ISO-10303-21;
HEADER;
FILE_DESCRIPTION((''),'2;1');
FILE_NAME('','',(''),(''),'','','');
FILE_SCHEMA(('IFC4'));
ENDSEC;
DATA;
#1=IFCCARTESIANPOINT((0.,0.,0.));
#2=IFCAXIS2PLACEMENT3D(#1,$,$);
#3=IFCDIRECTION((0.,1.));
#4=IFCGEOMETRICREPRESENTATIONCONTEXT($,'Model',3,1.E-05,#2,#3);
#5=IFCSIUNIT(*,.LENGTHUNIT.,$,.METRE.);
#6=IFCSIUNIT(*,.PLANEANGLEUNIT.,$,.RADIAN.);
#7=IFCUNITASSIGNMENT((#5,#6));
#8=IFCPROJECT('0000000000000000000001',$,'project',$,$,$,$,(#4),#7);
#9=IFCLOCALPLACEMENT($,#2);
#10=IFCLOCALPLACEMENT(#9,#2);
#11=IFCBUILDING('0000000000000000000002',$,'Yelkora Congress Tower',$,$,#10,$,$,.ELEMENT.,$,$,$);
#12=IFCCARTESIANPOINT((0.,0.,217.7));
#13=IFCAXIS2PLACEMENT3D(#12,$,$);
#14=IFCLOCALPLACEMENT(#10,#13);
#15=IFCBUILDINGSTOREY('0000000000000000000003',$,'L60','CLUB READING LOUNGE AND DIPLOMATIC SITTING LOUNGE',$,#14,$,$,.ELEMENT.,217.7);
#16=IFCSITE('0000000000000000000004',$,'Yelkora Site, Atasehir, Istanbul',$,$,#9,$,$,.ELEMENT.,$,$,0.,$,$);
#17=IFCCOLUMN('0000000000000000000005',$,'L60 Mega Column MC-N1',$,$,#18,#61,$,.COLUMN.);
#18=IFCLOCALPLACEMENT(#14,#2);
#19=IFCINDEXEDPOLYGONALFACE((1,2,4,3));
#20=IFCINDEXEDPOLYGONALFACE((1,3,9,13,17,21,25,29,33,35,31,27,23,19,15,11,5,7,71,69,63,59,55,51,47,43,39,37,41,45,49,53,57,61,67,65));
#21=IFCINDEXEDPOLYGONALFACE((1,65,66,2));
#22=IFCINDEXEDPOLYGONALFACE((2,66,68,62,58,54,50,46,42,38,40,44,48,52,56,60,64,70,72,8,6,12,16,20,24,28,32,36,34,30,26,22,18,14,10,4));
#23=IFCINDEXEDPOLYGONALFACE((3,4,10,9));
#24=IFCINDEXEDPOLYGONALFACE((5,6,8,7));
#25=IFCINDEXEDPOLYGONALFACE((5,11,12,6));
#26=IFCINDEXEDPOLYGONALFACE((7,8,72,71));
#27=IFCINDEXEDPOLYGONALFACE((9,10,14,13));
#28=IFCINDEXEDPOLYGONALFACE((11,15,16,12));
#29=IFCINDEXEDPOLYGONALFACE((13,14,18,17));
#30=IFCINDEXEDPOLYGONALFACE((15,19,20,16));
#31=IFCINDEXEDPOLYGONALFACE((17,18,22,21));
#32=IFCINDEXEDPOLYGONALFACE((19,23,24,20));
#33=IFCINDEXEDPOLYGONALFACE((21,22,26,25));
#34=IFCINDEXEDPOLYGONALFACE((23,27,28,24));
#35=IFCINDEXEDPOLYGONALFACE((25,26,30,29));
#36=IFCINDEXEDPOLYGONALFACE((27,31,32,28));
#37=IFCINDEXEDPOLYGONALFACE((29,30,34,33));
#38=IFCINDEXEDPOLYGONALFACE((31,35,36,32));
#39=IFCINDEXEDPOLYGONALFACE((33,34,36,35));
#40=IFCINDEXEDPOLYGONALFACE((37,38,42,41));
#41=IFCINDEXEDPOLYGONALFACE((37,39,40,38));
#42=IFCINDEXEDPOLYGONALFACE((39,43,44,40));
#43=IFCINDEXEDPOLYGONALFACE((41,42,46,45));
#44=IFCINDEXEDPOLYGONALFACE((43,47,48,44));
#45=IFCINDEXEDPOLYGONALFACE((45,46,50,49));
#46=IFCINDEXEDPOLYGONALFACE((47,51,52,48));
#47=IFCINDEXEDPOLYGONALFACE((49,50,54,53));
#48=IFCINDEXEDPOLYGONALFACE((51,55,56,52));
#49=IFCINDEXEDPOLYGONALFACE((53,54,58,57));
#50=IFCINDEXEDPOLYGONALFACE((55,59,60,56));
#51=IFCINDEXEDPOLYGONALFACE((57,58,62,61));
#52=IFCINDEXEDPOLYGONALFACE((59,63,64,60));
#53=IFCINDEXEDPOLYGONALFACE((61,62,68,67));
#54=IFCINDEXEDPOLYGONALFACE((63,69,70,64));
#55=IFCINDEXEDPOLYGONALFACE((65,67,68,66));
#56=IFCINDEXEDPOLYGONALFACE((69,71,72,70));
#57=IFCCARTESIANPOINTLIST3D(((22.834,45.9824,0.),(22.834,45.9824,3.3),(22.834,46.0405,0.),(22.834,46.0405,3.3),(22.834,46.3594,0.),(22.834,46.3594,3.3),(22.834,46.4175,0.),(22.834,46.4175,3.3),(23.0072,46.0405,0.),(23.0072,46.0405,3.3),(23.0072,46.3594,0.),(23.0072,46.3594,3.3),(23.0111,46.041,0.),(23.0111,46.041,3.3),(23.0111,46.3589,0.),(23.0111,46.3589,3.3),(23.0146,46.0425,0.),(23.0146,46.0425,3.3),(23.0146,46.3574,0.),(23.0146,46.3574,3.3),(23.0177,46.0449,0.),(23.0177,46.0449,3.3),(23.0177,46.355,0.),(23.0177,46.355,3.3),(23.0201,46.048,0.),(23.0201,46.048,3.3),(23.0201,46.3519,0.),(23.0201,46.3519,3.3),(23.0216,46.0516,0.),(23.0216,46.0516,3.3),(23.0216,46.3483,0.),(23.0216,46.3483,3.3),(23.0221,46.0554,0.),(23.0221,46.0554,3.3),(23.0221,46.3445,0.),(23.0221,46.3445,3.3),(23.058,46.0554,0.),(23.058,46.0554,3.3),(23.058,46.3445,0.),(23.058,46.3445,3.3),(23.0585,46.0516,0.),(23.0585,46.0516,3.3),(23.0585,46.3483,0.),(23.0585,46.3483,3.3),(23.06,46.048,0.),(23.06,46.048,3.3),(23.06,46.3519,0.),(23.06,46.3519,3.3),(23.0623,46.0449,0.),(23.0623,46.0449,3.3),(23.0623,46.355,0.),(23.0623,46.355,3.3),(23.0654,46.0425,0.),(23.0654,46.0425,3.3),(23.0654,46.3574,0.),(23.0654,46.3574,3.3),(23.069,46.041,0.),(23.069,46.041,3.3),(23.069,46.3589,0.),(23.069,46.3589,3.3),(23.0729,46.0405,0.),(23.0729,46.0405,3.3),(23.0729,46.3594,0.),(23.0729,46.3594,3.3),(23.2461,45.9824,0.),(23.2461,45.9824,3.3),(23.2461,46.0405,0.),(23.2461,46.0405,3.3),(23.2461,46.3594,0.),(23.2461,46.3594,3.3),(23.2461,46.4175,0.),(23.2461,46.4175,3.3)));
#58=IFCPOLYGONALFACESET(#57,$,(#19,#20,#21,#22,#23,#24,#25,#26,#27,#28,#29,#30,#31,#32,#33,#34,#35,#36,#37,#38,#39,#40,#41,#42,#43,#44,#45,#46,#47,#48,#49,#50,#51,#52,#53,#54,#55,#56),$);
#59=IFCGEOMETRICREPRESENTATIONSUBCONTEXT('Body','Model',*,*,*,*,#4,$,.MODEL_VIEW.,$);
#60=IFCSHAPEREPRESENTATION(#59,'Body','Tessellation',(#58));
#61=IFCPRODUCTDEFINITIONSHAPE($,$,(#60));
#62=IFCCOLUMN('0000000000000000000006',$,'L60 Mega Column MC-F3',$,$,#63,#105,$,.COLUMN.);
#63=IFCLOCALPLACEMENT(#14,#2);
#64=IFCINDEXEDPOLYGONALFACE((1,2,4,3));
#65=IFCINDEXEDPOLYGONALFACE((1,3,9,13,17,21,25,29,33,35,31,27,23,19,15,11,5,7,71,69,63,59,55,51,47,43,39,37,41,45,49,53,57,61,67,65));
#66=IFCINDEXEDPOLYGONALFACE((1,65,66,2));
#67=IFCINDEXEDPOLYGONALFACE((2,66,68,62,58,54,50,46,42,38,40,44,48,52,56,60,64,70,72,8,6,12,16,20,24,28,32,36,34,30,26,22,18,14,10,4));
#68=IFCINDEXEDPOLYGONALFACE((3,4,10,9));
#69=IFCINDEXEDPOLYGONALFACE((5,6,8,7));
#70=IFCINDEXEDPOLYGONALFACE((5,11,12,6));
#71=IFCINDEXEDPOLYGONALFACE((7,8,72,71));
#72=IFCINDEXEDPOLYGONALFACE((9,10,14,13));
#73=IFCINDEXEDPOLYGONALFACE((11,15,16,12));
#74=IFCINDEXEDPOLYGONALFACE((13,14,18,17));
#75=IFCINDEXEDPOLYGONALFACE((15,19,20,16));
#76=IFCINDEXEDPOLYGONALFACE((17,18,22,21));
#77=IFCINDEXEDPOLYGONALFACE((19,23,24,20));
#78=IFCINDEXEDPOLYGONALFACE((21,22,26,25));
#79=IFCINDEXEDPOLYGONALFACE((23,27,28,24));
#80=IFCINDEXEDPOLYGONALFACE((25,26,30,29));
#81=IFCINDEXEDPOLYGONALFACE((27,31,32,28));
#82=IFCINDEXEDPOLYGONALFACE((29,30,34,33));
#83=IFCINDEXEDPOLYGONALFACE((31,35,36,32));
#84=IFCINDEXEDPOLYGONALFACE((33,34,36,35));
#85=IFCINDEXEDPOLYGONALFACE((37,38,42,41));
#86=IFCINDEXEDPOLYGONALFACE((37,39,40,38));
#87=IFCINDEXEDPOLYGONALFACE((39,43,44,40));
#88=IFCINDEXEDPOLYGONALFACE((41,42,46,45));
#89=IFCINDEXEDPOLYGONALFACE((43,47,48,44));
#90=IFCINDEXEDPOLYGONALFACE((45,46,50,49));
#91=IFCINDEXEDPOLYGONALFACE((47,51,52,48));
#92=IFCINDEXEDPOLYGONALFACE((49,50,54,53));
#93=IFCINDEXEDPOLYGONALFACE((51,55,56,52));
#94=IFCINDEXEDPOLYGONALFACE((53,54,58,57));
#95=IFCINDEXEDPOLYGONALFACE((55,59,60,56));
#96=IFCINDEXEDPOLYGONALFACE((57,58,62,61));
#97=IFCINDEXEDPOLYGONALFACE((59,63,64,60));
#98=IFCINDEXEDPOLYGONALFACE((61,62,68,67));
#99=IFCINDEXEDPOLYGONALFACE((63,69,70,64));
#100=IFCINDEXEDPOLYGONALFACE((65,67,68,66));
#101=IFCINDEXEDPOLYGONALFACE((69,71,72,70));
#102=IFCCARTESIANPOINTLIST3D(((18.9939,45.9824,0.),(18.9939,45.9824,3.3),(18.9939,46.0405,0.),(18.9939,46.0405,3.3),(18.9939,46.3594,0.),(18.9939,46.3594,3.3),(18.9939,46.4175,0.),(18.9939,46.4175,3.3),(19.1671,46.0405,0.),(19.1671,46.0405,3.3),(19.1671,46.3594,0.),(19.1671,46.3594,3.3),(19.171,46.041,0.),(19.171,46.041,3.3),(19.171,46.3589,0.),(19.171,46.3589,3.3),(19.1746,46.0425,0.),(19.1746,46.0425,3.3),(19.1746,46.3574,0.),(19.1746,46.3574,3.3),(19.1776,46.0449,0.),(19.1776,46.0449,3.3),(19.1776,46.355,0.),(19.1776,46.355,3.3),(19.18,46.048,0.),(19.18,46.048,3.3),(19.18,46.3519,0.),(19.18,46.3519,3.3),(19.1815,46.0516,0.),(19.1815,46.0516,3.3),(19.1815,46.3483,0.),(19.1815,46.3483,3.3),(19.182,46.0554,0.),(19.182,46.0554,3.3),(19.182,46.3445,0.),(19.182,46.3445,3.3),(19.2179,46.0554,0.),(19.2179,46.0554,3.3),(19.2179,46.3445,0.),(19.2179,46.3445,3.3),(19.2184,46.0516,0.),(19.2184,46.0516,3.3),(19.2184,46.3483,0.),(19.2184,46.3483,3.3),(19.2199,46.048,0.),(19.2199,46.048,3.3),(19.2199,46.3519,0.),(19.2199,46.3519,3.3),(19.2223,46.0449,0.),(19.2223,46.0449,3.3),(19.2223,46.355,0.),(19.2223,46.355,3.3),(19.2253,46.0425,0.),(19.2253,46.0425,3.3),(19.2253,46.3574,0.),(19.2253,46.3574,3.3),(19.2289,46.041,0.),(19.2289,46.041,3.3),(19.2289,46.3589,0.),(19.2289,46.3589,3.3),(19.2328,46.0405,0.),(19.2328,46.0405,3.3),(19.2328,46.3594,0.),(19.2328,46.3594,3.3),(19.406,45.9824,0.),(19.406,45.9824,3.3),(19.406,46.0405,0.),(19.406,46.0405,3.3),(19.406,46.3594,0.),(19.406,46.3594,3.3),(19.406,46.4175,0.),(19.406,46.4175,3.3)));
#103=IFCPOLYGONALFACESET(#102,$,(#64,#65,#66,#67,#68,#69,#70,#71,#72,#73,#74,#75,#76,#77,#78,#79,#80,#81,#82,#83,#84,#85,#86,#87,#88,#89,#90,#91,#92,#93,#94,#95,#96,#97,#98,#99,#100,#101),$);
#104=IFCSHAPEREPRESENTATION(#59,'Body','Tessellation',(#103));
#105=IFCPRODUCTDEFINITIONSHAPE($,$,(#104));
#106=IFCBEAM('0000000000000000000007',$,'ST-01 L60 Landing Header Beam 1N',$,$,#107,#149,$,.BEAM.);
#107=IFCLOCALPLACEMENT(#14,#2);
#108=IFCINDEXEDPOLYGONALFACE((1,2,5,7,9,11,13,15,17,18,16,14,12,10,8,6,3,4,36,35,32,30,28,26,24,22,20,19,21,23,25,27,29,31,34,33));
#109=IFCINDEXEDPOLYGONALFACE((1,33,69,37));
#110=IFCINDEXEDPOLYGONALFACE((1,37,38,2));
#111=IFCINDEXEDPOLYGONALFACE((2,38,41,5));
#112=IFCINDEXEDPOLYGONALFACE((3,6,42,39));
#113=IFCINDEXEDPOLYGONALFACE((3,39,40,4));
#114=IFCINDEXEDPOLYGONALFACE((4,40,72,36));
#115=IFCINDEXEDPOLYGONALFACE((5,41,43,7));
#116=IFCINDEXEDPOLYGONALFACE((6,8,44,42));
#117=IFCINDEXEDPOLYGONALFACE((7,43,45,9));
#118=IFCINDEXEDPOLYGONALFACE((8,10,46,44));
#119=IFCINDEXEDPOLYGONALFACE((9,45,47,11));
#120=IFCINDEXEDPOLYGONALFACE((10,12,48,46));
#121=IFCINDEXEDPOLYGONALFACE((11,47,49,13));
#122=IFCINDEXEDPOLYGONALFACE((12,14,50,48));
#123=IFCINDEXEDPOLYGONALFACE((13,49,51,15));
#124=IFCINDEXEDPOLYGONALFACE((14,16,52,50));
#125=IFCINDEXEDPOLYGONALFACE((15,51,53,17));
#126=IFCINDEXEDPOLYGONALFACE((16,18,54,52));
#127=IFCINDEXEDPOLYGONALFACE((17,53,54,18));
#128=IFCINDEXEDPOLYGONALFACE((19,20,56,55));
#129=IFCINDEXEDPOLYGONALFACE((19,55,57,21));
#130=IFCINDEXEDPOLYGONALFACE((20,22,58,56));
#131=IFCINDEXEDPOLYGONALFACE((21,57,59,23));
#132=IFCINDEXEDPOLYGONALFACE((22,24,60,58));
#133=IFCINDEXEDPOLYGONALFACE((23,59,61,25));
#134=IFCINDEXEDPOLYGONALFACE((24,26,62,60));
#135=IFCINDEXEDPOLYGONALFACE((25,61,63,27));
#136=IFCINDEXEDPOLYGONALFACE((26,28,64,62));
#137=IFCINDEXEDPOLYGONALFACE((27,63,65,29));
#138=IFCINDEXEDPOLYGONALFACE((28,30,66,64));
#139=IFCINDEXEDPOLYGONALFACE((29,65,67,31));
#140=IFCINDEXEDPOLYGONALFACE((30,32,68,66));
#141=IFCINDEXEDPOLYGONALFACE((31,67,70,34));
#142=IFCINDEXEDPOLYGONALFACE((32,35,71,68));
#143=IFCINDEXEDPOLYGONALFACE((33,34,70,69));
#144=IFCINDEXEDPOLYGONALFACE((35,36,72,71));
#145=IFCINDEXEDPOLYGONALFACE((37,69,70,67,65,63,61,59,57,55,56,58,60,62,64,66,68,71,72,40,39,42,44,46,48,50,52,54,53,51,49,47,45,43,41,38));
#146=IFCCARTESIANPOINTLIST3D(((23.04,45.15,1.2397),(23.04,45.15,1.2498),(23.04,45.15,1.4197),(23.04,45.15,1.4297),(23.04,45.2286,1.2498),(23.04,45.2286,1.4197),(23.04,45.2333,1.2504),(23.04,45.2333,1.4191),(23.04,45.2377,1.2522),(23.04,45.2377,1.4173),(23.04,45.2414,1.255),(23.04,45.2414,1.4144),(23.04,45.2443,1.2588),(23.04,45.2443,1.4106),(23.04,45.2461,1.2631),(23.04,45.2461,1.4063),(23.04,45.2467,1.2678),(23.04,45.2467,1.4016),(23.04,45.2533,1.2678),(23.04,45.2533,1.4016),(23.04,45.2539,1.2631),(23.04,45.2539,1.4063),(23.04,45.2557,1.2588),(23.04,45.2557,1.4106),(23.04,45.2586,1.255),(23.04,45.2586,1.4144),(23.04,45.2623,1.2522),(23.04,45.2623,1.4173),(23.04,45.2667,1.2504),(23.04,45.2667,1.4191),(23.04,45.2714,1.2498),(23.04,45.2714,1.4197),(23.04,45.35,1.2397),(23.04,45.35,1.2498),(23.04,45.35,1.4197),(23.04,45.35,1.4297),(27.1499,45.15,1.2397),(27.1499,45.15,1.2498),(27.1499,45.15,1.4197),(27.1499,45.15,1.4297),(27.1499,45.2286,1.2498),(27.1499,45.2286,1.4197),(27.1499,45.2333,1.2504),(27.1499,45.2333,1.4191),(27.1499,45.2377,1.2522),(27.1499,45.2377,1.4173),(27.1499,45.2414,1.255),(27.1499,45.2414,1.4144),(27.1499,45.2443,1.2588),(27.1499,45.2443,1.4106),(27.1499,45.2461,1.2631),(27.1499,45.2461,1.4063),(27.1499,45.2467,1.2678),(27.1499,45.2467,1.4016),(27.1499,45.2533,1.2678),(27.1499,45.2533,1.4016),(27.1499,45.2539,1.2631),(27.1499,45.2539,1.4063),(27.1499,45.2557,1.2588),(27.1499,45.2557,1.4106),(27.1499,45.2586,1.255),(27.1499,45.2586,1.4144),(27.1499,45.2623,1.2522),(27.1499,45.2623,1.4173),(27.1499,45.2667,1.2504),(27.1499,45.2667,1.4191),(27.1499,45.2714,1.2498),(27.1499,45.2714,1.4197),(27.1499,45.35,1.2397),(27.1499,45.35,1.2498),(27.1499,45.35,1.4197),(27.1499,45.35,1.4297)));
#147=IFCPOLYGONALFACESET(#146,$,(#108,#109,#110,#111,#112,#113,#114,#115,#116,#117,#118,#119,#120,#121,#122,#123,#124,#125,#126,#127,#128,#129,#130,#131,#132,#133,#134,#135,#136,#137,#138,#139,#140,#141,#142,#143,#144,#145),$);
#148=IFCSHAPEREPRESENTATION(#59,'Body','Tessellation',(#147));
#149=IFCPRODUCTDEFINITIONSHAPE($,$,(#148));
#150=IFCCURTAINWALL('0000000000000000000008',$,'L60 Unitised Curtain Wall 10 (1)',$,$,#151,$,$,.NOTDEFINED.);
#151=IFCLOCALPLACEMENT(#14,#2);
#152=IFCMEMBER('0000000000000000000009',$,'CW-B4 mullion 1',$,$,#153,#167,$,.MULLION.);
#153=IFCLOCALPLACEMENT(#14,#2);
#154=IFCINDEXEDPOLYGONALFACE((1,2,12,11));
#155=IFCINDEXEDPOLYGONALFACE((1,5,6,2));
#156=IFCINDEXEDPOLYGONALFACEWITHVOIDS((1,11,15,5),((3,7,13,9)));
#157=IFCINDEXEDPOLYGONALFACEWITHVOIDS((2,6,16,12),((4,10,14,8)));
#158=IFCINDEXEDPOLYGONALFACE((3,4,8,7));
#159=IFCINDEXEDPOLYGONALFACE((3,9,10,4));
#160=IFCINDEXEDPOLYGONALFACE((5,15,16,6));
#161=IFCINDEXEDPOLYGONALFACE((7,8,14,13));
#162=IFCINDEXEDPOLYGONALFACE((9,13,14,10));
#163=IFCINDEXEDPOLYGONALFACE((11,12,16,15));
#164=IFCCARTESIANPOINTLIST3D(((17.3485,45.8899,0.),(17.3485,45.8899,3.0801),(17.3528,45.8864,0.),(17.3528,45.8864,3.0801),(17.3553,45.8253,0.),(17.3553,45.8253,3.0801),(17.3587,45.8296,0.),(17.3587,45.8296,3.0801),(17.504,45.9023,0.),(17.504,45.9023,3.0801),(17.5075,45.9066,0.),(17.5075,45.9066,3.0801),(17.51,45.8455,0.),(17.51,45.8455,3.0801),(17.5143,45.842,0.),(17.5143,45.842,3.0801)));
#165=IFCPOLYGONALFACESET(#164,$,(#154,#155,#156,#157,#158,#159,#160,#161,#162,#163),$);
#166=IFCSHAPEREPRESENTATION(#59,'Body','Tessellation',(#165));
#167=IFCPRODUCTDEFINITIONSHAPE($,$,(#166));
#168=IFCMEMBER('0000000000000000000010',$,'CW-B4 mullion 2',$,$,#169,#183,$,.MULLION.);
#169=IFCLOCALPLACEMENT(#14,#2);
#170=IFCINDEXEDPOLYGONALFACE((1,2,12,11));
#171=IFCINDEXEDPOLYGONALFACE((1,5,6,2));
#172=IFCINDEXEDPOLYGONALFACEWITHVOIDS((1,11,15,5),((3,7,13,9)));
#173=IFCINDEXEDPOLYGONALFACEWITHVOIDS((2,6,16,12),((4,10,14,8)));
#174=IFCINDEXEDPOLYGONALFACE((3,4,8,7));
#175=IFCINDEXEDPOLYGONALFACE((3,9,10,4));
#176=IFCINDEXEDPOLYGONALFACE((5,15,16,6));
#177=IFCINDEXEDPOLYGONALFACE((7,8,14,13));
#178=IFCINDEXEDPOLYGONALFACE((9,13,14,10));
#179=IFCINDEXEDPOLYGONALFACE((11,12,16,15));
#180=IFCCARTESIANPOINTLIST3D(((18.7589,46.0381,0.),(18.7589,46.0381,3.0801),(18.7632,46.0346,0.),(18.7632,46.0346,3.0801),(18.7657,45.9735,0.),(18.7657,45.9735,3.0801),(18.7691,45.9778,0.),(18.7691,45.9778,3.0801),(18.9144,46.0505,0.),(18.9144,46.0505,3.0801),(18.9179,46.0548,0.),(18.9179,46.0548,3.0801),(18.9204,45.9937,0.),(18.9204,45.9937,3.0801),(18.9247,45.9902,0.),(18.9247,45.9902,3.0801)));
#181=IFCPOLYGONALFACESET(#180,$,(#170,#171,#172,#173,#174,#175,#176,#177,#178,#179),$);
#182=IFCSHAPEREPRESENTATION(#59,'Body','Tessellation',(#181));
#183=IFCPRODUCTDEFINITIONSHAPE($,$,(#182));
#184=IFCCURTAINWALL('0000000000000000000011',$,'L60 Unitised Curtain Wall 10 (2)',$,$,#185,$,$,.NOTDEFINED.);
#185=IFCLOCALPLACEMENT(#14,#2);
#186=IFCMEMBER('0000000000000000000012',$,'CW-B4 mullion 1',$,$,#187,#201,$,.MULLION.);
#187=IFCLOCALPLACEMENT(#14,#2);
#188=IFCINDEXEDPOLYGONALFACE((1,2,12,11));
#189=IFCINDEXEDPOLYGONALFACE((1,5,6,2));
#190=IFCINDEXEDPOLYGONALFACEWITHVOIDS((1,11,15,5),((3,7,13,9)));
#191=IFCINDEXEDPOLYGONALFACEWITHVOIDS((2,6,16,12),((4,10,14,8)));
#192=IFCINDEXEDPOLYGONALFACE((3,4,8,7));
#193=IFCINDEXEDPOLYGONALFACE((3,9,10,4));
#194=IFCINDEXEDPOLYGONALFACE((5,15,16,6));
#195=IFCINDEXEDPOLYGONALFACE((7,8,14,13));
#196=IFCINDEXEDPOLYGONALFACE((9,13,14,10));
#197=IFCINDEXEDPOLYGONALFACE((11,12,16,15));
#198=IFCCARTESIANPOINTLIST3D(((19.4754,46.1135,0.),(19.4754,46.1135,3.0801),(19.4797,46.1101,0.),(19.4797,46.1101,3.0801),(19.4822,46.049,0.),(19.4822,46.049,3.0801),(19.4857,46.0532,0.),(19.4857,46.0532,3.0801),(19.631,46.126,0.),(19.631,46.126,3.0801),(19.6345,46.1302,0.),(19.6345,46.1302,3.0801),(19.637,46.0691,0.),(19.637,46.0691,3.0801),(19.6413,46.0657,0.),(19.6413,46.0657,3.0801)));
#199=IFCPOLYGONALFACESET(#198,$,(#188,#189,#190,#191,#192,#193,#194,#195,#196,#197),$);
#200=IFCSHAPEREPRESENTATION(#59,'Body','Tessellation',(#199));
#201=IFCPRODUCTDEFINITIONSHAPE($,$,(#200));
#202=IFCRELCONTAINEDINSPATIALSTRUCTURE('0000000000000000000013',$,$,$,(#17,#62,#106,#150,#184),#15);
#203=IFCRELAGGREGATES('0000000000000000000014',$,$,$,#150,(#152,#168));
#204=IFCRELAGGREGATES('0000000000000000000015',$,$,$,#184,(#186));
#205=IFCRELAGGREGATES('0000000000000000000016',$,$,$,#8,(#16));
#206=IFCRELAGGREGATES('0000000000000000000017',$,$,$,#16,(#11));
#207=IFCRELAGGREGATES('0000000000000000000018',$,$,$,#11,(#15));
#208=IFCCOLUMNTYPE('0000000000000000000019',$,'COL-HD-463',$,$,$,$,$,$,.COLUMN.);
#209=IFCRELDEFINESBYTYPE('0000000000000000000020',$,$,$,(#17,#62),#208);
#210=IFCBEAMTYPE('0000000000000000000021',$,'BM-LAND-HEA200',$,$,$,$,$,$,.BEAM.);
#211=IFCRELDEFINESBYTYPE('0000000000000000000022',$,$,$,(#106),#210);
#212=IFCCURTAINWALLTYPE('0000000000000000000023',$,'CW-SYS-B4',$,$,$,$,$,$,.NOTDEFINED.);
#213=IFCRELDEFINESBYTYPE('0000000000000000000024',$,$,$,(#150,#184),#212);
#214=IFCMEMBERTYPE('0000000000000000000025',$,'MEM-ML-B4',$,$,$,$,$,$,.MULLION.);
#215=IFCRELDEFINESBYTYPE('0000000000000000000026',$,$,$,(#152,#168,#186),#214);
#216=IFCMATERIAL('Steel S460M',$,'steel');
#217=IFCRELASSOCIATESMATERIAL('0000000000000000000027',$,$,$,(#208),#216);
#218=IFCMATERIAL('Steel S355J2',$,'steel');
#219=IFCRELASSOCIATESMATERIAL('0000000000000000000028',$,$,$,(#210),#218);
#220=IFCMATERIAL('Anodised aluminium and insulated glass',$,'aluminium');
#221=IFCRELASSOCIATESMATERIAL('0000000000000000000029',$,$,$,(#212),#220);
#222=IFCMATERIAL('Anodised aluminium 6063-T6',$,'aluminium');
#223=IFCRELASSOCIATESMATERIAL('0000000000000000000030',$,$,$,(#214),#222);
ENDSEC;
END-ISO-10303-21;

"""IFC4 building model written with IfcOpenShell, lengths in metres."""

from ifc_helpers import new_model, si_unit, direction, frame, origin, origin_2d, place, context, subcontext, project, spatial, hollow_rectangle, i_section, extrude, material, material_profile, profile_set, type_object, element, aggregate, save


model = new_model("IFC4")

# Units and contexts
model_context = context("Model", 3, precision=1e-05, world=origin(), true_north=direction((0.0, 1.0)))
body_context = subcontext(model_context, "Body", "Model", "MODEL_VIEW")
ifc_project = project(units=[si_unit("LENGTHUNIT", "METRE"), si_unit("PLANEANGLEUNIT", "RADIAN")], contexts=[model_context])

# Site, building, storey
site_placement = place(None, origin())
site = spatial("IfcSite", under=ifc_project, at=site_placement, Name="Yelkora Site, Atasehir, Istanbul", CompositionType="ELEMENT", RefElevation=0.0)
building_placement = place(site_placement, origin())
building = spatial("IfcBuilding", under=site, at=building_placement, Name="Yelkora Congress Tower", CompositionType="ELEMENT")
storey_placement = place(building_placement, frame((0.0, 0.0, 217.7)))
storey = spatial("IfcBuildingStorey", under=building, at=storey_placement, Name="L60", Description="CLUB READING LOUNGE AND DIPLOMATIC SITTING LOUNGE", CompositionType="ELEMENT", Elevation=217.7)

# Columns
ifc_material_1 = material(Name="Steel S460M", Category="steel")
ifc_material_profile_1 = material_profile(ifc_material_1, i_section(OverallWidth=0.4121, OverallDepth=0.4351, WebThickness=0.0359, FlangeThickness=0.0581, FilletRadius=0.0149, at=origin_2d()), Name="HD 400x463")
ifc_profile_set_1 = profile_set([ifc_material_profile_1], Name="Steel S460M")
column_type = type_object("IfcColumnType", Name="COL-HD-463", PredefinedType="COLUMN", material=ifc_profile_set_1)
for number, where, z_axis, x_axis, name in (
    (1, (23.04, 46.2, 0.0), (0.0, 0.0, 1.0), (1.0, 0.0, 0.0), "L60 Mega Column MC-N1"),
    (2, (19.2, 46.2, 0.0), (0.0, 0.0, 1.0), (1.0, 0.0, 0.0), "L60 Mega Column MC-F3"),
):
    element("IfcColumn", number, at=place(storey_placement, frame(where, z_axis=z_axis, x_axis=x_axis)), inside=storey, type_object=column_type, Name=name, PredefinedType="COLUMN", context=body_context, shape_type="SweptSolid", body=[
        extrude(i_section(OverallWidth=0.4121, OverallDepth=0.4351, WebThickness=0.0359, FlangeThickness=0.0581, FilletRadius=0.0149, at=origin_2d()), origin(), (0.0, 0.0, 1.0), 3.3),
    ])

# Beam
ifc_material_2 = material(Name="Steel S355J2", Category="steel")
ifc_material_profile_2 = material_profile(ifc_material_2, i_section(OverallWidth=0.2, OverallDepth=0.1899, WebThickness=0.0066, FlangeThickness=0.01, FilletRadius=0.0181, at=origin_2d()), Name="HEA 200")
ifc_profile_set_2 = profile_set([ifc_material_profile_2], Name="Steel S355J2")
beam_type = type_object("IfcBeamType", Name="BM-LAND-HEA200", PredefinedType="BEAM", material=ifc_profile_set_2)
beam_placement = place(storey_placement, frame((23.04, 45.25, 1.3347), z_axis=(1.0, 0.0, 0.0), x_axis=(0.0, 1.0, 0.0)))
element("IfcBeam", 3, at=beam_placement, inside=storey, type_object=beam_type, Name="ST-01 L60 Landing Header Beam 1N", PredefinedType="BEAM", context=body_context, shape_type="SweptSolid", body=[
    extrude(i_section(OverallWidth=0.2, OverallDepth=0.1899, WebThickness=0.0066, FlangeThickness=0.01, FilletRadius=0.0181, at=origin_2d()), origin(), (0.0, 0.0, 1.0), 4.1099),
])

# Curtain walls, members
ifc_material_3 = material(Name="Anodised aluminium and insulated glass", Category="aluminium")
curtain_wall_type = type_object("IfcCurtainWallType", Name="CW-SYS-B4", PredefinedType="NOTDEFINED", material=ifc_material_3)
curtain_wall_1_placement = place(storey_placement, origin())
curtain_wall_1 = element("IfcCurtainWall", 4, at=curtain_wall_1_placement, inside=storey, type_object=curtain_wall_type, Name="L60 Unitised Curtain Wall 10 (1)", PredefinedType="NOTDEFINED")
ifc_material_4 = material(Name="Anodised aluminium 6063-T6", Category="aluminium")
ifc_material_profile_3 = material_profile(ifc_material_4, hollow_rectangle(XDim=0.0649, YDim=0.1599, WallThickness=0.0039, at=origin_2d()), Name="ALU 65x160x4")
ifc_profile_set_3 = profile_set([ifc_material_profile_3], Name="Anodised aluminium 6063-T6")
member_type_1 = type_object("IfcMemberType", Name="MEM-ML-B4", PredefinedType="MULLION", material=ifc_profile_set_3)
member_1_placement = place(storey_placement, frame((17.4314, 45.866, 0.0), z_axis=(0.0, 0.0, 1.0), x_axis=(-0.104509, 0.994524, 0.0)))
member_1 = element("IfcMember", 5, at=member_1_placement, type_object=member_type_1, Name="CW-B4 mullion 1", PredefinedType="MULLION", context=body_context, shape_type="SweptSolid", body=[
    extrude(hollow_rectangle(XDim=0.0649, YDim=0.1599, WallThickness=0.0039, at=origin_2d()), origin(), (0.0, 0.0, 1.0), 3.0801),
])
member_2_placement = place(storey_placement, frame((18.8418, 46.0142, 0.0), z_axis=(0.0, 0.0, 1.0), x_axis=(-0.104509, 0.994524, 0.0)))
member_2 = element("IfcMember", 6, at=member_2_placement, type_object=member_type_1, Name="CW-B4 mullion 2", PredefinedType="MULLION", context=body_context, shape_type="SweptSolid", body=[
    extrude(hollow_rectangle(XDim=0.0649, YDim=0.1599, WallThickness=0.0039, at=origin_2d()), origin(), (0.0, 0.0, 1.0), 3.0801),
])
curtain_wall_2_placement = place(storey_placement, origin())
curtain_wall_2 = element("IfcCurtainWall", 7, at=curtain_wall_2_placement, inside=storey, type_object=curtain_wall_type, Name="L60 Unitised Curtain Wall 10 (2)", PredefinedType="NOTDEFINED")
member_3_placement = place(storey_placement, frame((19.5583, 46.0896, 0.0), z_axis=(0.0, 0.0, 1.0), x_axis=(-0.104506, 0.994524, 0.0)))
member_3 = element("IfcMember", 8, at=member_3_placement, type_object=member_type_1, Name="CW-B4 mullion 1", PredefinedType="MULLION", context=body_context, shape_type="SweptSolid", body=[
    extrude(hollow_rectangle(XDim=0.0649, YDim=0.1599, WallThickness=0.0039, at=origin_2d()), origin(), (0.0, 0.0, 1.0), 3.0801),
])

aggregate(curtain_wall_1, [member_1, member_2])
aggregate(curtain_wall_2, [member_3])

save(model, "model.ifc")
